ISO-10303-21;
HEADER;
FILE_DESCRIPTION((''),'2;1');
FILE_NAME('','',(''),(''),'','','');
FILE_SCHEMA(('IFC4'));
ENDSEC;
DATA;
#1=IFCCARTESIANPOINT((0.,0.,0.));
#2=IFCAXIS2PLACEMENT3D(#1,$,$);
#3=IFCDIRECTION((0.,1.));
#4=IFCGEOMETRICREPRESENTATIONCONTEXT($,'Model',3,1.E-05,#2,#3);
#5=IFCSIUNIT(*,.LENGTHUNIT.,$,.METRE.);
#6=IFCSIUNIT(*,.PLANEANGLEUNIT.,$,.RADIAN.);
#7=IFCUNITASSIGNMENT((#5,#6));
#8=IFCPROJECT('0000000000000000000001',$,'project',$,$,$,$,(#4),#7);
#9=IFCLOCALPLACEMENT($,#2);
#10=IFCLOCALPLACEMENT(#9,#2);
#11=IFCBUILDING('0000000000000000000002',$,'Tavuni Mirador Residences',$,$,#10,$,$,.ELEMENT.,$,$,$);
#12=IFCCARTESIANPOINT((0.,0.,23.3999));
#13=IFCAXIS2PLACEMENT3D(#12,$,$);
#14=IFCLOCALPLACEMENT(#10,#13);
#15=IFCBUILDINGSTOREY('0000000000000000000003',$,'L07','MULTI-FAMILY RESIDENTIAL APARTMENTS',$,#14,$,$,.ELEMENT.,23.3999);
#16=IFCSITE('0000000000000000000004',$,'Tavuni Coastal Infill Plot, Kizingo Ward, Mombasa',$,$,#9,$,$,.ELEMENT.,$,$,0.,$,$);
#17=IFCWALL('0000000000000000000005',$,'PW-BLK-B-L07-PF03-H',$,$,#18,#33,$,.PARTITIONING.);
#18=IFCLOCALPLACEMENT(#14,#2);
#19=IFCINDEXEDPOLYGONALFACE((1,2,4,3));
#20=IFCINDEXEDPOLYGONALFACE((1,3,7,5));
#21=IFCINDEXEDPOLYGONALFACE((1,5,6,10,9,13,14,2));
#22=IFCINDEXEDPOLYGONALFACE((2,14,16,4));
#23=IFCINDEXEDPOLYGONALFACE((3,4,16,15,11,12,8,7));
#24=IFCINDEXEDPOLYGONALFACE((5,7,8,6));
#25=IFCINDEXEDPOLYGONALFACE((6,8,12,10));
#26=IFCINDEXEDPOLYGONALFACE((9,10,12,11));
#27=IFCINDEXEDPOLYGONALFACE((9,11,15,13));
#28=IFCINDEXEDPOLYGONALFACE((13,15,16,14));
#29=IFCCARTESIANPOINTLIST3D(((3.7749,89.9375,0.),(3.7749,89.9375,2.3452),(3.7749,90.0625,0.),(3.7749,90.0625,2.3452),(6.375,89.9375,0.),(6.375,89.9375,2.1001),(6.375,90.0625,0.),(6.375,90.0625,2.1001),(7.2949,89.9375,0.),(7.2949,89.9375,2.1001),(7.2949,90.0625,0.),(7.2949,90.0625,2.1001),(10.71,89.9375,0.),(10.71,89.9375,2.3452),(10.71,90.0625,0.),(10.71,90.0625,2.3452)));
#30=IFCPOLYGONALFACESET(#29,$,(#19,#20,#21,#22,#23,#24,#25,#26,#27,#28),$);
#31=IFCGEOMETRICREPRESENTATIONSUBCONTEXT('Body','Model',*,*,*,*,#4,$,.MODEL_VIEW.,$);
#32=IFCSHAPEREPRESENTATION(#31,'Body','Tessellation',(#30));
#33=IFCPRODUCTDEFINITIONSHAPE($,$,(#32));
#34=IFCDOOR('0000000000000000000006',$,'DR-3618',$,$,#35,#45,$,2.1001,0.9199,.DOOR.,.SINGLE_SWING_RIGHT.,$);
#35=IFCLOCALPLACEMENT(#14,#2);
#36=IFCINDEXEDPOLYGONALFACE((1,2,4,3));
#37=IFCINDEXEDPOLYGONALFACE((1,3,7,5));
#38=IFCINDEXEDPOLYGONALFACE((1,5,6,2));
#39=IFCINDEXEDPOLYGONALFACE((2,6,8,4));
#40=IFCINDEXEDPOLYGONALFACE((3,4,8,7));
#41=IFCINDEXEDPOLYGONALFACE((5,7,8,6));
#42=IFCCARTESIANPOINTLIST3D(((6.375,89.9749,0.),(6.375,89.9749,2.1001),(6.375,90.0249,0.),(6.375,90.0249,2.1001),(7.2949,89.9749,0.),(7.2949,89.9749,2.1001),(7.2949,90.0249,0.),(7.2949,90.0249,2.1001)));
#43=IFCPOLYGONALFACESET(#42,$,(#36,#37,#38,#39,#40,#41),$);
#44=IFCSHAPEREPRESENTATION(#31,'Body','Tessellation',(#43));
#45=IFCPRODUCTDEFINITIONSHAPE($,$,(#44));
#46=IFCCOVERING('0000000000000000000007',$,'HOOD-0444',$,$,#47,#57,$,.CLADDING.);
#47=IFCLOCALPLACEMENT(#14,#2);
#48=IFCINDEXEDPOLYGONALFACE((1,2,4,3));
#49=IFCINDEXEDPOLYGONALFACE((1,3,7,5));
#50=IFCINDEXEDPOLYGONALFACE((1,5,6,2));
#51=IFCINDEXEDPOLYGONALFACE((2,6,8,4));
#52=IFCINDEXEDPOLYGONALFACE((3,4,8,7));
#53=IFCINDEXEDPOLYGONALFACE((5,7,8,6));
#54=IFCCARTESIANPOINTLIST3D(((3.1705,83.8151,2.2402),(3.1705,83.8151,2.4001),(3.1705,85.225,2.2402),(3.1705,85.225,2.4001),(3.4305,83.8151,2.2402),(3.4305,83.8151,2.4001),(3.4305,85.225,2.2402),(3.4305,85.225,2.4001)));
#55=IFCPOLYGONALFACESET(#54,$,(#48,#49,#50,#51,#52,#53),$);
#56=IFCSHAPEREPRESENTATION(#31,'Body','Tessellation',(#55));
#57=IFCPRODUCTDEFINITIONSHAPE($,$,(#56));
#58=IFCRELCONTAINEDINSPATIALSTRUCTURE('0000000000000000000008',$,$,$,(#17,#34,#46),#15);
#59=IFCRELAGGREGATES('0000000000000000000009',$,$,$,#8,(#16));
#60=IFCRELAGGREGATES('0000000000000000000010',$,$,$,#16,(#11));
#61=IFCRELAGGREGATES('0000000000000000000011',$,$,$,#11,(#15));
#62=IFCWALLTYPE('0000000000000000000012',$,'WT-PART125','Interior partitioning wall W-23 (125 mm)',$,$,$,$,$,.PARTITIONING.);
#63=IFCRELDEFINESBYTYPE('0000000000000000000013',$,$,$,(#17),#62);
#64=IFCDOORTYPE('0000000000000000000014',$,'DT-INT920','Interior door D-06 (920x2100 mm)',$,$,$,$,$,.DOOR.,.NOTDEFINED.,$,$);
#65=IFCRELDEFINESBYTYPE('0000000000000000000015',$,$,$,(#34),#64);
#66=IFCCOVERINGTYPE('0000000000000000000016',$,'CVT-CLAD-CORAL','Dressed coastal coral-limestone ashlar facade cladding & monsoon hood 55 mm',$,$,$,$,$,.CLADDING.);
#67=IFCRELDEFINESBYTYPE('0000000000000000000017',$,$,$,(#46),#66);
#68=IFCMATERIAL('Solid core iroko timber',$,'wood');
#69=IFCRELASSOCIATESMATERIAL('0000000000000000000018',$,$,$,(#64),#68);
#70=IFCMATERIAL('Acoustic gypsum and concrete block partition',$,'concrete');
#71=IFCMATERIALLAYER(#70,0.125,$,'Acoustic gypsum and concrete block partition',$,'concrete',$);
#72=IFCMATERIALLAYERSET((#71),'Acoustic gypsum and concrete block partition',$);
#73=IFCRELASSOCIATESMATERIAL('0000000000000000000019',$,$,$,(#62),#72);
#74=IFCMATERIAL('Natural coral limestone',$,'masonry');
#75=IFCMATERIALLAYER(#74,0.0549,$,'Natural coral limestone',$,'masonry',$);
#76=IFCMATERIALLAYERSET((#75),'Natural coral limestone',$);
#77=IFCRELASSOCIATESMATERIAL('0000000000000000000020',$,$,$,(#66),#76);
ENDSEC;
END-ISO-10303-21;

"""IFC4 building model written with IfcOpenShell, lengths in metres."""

from ifc_helpers import new_model, si_unit, direction, frame, frame_2d, origin, origin_2d, place, context, subcontext, project, spatial, rectangle, extrude, material, layer, layer_set, type_object, element, fill, save


model = new_model("IFC4")

# Units and contexts
model_context = context("Model", 3, precision=1e-05, world=origin(), true_north=direction((0.0, 1.0)))
body_context = subcontext(model_context, "Body", "Model", "MODEL_VIEW")
ifc_project = project(units=[si_unit("LENGTHUNIT", "METRE"), si_unit("PLANEANGLEUNIT", "RADIAN")], contexts=[model_context])

# Site, building, storey
site_placement = place(None, origin())
site = spatial("IfcSite", under=ifc_project, at=site_placement, Name="Tavuni Coastal Infill Plot, Kizingo Ward, Mombasa", CompositionType="ELEMENT", RefElevation=0.0)
building_placement = place(site_placement, origin())
building = spatial("IfcBuilding", under=site, at=building_placement, Name="Tavuni Mirador Residences", CompositionType="ELEMENT")
storey_placement = place(building_placement, frame((0.0, 0.0, 23.3999)))
storey = spatial("IfcBuildingStorey", under=building, at=storey_placement, Name="L07", Description="MULTI-FAMILY RESIDENTIAL APARTMENTS", CompositionType="ELEMENT", Elevation=23.3999)

# Shared definitions
ifc_material_1 = material(Name="Acoustic gypsum and concrete block partition", Category="concrete")
ifc_material_2 = material(Name="Solid core iroko timber", Category="wood")
door_type_1 = type_object("IfcDoorType", Name="DT-INT920", Description="Interior door D-06 (920x2100 mm)", OperationType="NOTDEFINED", PredefinedType="DOOR", material=ifc_material_2)

# Wall, opening, door
ifc_layer_1 = layer(ifc_material_1, 0.125, Name="Acoustic gypsum and concrete block partition", Category="concrete")
ifc_layer_set_1 = layer_set([ifc_layer_1], Name="Acoustic gypsum and concrete block partition")
wall_type_1 = type_object("IfcWallType", Name="WT-PART125", Description="Interior partitioning wall W-23 (125 mm)", PredefinedType="PARTITIONING", material=ifc_layer_set_1)
wall_1_placement = place(storey_placement, frame((3.7749, 90.0, 0.0), z_axis=(0.0, 0.0, 1.0), x_axis=(1.0, 0.0, 0.0)))
wall_1 = element("IfcWall", 1, at=wall_1_placement, inside=storey, type_object=wall_type_1, Name="PW-BLK-B-L07-PF03-H", PredefinedType="PARTITIONING", context=body_context, shape_type="SweptSolid", body=[
    extrude(rectangle(XDim=6.9351, YDim=0.125, at=frame_2d((3.4675, 0.0))), origin(), (0.0, 0.0, 1.0), 2.3452),
])
opening_1_placement = place(wall_1_placement, frame((2.6001, 0.0, 0.0)))
opening_1 = element("IfcOpeningElement", 2, at=opening_1_placement, cuts=wall_1, PredefinedType="OPENING", context=body_context, shape_type="SweptSolid", body=[
    extrude(rectangle(XDim=0.9199, YDim=2.1001, at=frame_2d((0.46, 1.05))), frame((0.0, 0.0725, 0.0), z_axis=(0.0, -1.0, 0.0), x_axis=(1.0, 0.0, 0.0)), (0.0, 0.0, 1.0), 0.145),
])
door_1_placement = place(opening_1_placement, origin())
door_1 = element("IfcDoor", 3, at=door_1_placement, inside=storey, type_object=door_type_1, Name="DR-3618", OperationType="SINGLE_SWING_RIGHT", OverallHeight=2.1001, OverallWidth=0.9199, PredefinedType="DOOR", context=body_context, shape_type="SweptSolid", body=[
    extrude(rectangle(XDim=0.9199, YDim=2.1001, at=frame_2d((0.46, 1.05))), frame((0.0, 0.0249, 0.0), z_axis=(0.0, -1.0, 0.0), x_axis=(1.0, 0.0, 0.0)), (0.0, 0.0, 1.0), 0.05),
])
fill(opening_1, door_1)

# Covering
ifc_material_3 = material(Name="Natural coral limestone", Category="masonry")
ifc_layer_2 = layer(ifc_material_3, 0.0549, Name="Natural coral limestone", Category="masonry")
ifc_layer_set_2 = layer_set([ifc_layer_2], Name="Natural coral limestone")
covering_type = type_object("IfcCoveringType", Name="CVT-CLAD-CORAL", Description="Dressed coastal coral-limestone ashlar facade cladding & monsoon hood 55 mm", PredefinedType="CLADDING", material=ifc_layer_set_2)
covering_placement = place(storey_placement, frame((3.3005, 84.52, 2.2402), z_axis=(0.0, 0.0, 1.0), x_axis=(0.0, -1.0, 0.0)))
element("IfcCovering", 4, at=covering_placement, inside=storey, type_object=covering_type, Name="HOOD-0444", PredefinedType="CLADDING", context=body_context, shape_type="SweptSolid", body=[
    extrude(rectangle(XDim=1.4099, YDim=0.26, at=origin_2d()), origin(), (0.0, 0.0, 1.0), 0.1599),
])

save(model, "model.ifc")
